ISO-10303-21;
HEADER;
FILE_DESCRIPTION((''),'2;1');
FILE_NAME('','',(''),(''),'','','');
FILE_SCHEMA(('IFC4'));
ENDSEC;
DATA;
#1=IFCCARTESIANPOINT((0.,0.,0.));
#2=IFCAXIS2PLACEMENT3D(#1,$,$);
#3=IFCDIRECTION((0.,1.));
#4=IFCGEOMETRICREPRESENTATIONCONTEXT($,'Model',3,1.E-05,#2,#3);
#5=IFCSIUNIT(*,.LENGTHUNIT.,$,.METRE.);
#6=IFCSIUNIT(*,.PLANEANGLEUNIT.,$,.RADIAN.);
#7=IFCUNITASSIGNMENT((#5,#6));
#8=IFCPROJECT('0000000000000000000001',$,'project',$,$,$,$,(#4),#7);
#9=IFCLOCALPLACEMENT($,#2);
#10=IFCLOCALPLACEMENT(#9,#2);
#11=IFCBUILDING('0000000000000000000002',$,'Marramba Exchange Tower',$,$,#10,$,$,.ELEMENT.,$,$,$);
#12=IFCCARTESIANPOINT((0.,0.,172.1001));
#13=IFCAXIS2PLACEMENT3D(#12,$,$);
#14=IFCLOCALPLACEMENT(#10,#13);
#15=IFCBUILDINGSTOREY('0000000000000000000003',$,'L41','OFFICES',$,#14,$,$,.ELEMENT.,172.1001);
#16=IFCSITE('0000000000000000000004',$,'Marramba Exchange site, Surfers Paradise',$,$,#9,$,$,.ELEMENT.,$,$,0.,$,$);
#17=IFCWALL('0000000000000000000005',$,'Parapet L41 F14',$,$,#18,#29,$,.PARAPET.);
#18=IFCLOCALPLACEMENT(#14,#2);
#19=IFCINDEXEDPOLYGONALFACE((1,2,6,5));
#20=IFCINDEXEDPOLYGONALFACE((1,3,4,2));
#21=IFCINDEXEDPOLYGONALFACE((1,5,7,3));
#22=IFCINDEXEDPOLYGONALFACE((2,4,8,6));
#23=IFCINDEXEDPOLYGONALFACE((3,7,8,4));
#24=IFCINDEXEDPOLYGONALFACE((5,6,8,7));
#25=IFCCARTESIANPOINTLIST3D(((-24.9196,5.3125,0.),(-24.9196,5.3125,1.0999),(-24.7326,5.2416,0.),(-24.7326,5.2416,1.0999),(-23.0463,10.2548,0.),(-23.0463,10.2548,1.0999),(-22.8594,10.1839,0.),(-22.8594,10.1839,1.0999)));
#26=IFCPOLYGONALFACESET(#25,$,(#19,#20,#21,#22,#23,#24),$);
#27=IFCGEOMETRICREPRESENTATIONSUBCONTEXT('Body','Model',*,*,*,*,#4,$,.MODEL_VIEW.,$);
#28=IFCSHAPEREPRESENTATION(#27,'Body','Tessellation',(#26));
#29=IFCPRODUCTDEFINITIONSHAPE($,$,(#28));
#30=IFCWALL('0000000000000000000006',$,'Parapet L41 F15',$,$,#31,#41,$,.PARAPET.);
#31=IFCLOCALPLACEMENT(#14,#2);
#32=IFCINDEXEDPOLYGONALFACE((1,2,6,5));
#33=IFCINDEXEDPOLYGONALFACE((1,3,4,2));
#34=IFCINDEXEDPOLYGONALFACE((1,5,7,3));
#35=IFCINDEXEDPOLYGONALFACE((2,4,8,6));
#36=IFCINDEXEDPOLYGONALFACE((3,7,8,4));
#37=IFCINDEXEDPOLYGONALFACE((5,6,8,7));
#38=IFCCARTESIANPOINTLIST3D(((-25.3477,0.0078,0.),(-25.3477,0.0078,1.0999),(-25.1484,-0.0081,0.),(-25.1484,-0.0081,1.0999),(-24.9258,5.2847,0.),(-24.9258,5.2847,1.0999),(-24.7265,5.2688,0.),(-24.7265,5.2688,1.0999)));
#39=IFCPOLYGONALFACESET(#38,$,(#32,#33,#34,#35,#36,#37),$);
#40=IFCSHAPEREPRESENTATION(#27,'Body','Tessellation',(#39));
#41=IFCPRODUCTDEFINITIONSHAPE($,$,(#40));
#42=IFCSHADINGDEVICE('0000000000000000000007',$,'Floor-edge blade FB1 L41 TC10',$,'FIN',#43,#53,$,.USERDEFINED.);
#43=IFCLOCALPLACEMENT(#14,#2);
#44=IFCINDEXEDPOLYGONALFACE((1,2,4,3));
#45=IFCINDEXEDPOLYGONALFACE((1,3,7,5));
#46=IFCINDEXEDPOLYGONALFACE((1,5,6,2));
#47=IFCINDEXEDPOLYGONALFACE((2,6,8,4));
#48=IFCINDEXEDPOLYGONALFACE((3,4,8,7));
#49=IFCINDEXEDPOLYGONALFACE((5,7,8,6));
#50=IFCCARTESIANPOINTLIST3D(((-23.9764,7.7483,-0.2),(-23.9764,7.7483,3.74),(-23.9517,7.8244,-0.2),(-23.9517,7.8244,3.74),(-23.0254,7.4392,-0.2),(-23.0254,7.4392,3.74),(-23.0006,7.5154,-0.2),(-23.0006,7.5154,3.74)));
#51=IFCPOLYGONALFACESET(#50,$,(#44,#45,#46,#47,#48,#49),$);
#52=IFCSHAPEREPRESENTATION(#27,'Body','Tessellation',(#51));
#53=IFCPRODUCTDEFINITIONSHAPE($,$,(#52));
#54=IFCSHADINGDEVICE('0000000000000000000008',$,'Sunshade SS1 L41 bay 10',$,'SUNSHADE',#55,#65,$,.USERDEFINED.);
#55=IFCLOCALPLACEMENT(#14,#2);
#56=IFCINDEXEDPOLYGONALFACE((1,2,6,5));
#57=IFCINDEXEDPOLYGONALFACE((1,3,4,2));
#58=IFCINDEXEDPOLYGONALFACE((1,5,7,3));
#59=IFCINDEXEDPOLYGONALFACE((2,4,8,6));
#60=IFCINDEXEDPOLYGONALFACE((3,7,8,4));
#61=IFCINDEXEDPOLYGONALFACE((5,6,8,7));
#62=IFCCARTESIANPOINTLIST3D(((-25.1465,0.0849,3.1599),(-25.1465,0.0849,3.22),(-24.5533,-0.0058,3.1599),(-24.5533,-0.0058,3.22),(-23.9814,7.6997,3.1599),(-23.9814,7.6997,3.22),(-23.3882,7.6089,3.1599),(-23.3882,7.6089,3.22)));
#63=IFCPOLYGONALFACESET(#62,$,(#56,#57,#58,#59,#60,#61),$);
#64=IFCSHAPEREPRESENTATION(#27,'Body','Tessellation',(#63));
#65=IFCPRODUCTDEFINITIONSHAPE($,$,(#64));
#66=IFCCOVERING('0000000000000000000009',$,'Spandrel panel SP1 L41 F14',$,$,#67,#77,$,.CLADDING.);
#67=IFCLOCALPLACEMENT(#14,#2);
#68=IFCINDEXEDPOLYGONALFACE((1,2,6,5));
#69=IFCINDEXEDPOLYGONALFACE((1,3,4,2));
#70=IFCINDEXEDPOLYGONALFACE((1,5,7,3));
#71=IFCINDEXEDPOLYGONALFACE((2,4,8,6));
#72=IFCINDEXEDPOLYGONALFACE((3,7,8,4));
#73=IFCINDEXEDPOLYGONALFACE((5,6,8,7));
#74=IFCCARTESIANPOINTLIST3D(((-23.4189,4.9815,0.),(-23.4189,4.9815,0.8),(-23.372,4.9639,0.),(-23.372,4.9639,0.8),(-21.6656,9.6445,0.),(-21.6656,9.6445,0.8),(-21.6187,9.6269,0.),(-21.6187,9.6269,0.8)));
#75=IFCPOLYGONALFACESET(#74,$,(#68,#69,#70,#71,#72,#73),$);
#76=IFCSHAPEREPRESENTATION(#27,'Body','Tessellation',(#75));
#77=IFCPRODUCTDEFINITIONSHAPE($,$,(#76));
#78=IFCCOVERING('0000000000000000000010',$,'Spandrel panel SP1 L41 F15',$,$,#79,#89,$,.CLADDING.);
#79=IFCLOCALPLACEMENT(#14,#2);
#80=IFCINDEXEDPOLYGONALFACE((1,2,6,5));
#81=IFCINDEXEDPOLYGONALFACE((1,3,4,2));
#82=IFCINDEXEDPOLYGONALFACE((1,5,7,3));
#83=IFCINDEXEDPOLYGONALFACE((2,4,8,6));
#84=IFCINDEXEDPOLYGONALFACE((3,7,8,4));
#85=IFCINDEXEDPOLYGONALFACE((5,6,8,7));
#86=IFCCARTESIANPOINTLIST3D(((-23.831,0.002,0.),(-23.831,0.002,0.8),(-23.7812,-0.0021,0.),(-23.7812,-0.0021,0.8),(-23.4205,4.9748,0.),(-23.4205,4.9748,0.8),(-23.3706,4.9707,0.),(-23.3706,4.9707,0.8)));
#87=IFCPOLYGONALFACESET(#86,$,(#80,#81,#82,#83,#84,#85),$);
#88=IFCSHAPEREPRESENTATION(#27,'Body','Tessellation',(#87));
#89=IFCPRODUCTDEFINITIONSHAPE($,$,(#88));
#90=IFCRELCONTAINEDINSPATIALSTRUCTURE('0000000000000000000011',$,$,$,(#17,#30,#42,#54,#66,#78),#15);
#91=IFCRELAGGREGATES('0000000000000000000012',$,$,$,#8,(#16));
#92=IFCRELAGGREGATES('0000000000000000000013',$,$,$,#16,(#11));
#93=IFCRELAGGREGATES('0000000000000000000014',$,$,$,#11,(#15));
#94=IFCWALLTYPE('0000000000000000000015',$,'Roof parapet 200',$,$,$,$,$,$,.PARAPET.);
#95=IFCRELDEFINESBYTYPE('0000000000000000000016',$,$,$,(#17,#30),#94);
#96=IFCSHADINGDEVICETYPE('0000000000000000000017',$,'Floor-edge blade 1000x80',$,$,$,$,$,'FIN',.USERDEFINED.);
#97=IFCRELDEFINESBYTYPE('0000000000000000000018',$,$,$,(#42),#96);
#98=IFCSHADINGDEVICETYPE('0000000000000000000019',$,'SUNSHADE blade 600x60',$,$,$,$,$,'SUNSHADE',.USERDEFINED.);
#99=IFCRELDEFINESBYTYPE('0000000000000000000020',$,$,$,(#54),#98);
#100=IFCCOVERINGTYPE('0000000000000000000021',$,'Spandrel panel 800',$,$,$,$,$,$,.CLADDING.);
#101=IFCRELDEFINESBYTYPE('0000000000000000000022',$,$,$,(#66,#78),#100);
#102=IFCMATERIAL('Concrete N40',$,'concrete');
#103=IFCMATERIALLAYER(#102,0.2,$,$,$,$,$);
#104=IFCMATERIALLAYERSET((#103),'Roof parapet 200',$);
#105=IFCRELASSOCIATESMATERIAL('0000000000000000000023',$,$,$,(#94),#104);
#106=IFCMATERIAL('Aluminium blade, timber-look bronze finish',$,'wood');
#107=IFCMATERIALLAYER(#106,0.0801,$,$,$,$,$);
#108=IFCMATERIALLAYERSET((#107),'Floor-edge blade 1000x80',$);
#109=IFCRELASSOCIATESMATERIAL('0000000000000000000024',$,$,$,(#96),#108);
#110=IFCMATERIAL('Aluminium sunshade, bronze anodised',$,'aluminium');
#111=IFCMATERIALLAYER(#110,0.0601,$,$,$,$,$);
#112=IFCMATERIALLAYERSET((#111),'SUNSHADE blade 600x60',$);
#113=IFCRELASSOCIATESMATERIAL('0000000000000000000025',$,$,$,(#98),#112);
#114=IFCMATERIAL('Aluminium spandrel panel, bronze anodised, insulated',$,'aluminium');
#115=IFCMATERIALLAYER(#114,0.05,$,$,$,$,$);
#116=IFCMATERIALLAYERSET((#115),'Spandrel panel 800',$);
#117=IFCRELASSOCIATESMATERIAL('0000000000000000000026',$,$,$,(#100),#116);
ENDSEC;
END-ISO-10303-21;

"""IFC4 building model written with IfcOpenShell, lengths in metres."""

from ifc_helpers import new_model, si_unit, direction, frame, frame_2d, origin, origin_2d, place, context, subcontext, project, spatial, rectangle, extrude, material, layer, layer_set, type_object, element, save


model = new_model("IFC4")

# Units and contexts
model_context = context("Model", 3, precision=1e-05, world=origin(), true_north=direction((0.0, 1.0)))
body_context = subcontext(model_context, "Body", "Model", "MODEL_VIEW")
ifc_project = project(units=[si_unit("LENGTHUNIT", "METRE"), si_unit("PLANEANGLEUNIT", "RADIAN")], contexts=[model_context])

# Site, building, storey
site_placement = place(None, origin())
site = spatial("IfcSite", under=ifc_project, at=site_placement, Name="Marramba Exchange site, Surfers Paradise", CompositionType="ELEMENT", RefElevation=0.0)
building_placement = place(site_placement, origin())
building = spatial("IfcBuilding", under=site, at=building_placement, Name="Marramba Exchange Tower", CompositionType="ELEMENT")
storey_placement = place(building_placement, frame((0.0, 0.0, 172.1001)))
storey = spatial("IfcBuildingStorey", under=building, at=storey_placement, Name="L41", Description="OFFICES", CompositionType="ELEMENT", Elevation=172.1001)

# Walls
ifc_material_1 = material(Name="Concrete N40", Category="concrete")
ifc_layer_1 = layer(ifc_material_1, 0.2)
ifc_layer_set_1 = layer_set([ifc_layer_1], Name="Roof parapet 200")
wall_type = type_object("IfcWallType", Name="Roof parapet 200", PredefinedType="PARAPET", material=ifc_layer_set_1)
wall_1_placement = place(storey_placement, frame((-22.9529, 10.2192, 0.0), z_axis=(0.0, 0.0, 1.0), x_axis=(-0.354422, -0.935086, 0.0)))
element("IfcWall", 1, at=wall_1_placement, inside=storey, type_object=wall_type, Name="Parapet L41 F14", PredefinedType="PARAPET", context=body_context, shape_type="SweptSolid", body=[
    extrude(rectangle(XDim=5.2854, YDim=0.2, at=frame_2d((2.6426, 0.0))), origin(), (0.0, 0.0, 1.0), 1.0999),
])
wall_2_placement = place(storey_placement, frame((-24.8262, 5.2769, 0.0), z_axis=(0.0, 0.0, 1.0), x_axis=(-0.079694, -0.996819, 0.0)))
element("IfcWall", 2, at=wall_2_placement, inside=storey, type_object=wall_type, Name="Parapet L41 F15", PredefinedType="PARAPET", context=body_context, shape_type="SweptSolid", body=[
    extrude(rectangle(XDim=5.2937, YDim=0.2, at=frame_2d((2.647, 0.0))), origin(), (0.0, 0.0, 1.0), 1.0999),
])

# Shading devices
ifc_material_2 = material(Name="Aluminium blade, timber-look bronze finish", Category="wood")
ifc_layer_2 = layer(ifc_material_2, 0.0801)
ifc_layer_set_2 = layer_set([ifc_layer_2], Name="Floor-edge blade 1000x80")
shading_device_type_1 = type_object("IfcShadingDeviceType", Name="Floor-edge blade 1000x80", ElementType="FIN", PredefinedType="USERDEFINED", material=ifc_layer_set_2)
shading_device_1_placement = place(storey_placement, frame((-23.4885, 7.6318, -0.2), z_axis=(0.0, 0.0, 1.0), x_axis=(-0.951057, 0.309017, 0.0)))
element("IfcShadingDevice", 3, at=shading_device_1_placement, inside=storey, type_object=shading_device_type_1, Name="Floor-edge blade FB1 L41 TC10", ObjectType="FIN", PredefinedType="USERDEFINED", context=body_context, shape_type="SweptSolid", body=[
    extrude(rectangle(XDim=1.0, YDim=0.0801, at=origin_2d()), origin(), (0.0, 0.0, 1.0), 3.9399),
])
ifc_material_3 = material(Name="Aluminium sunshade, bronze anodised", Category="aluminium")
ifc_layer_3 = layer(ifc_material_3, 0.0601)
ifc_layer_set_3 = layer_set([ifc_layer_3], Name="SUNSHADE blade 600x60")
shading_device_type_2 = type_object("IfcShadingDeviceType", Name="SUNSHADE blade 600x60", ElementType="SUNSHADE", PredefinedType="USERDEFINED", material=ifc_layer_set_3)
shading_device_2_placement = place(storey_placement, frame((-24.2673, 3.8469, 3.1599), z_axis=(0.0, 0.0, 1.0), x_axis=(-0.151241, -0.988497, 0.0)))
element("IfcShadingDevice", 4, at=shading_device_2_placement, inside=storey, type_object=shading_device_type_2, Name="Sunshade SS1 L41 bay 10", ObjectType="SUNSHADE", PredefinedType="USERDEFINED", context=body_context, shape_type="SweptSolid", body=[
    extrude(rectangle(XDim=7.7034, YDim=0.6001, at=origin_2d()), origin(), (0.0, 0.0, 1.0), 0.0601),
])

# Coverings
ifc_material_4 = material(Name="Aluminium spandrel panel, bronze anodised, insulated", Category="aluminium")
ifc_layer_4 = layer(ifc_material_4, 0.05)
ifc_layer_set_4 = layer_set([ifc_layer_4], Name="Spandrel panel 800")
covering_type = type_object("IfcCoveringType", Name="Spandrel panel 800", PredefinedType="CLADDING", material=ifc_layer_set_4)
covering_1_placement = place(storey_placement, frame((-22.5188, 7.3042, 0.0), z_axis=(0.0, 0.0, 1.0), x_axis=(-0.351952, -0.936018, 0.0)))
element("IfcCovering", 5, at=covering_1_placement, inside=storey, type_object=covering_type, Name="Spandrel panel SP1 L41 F14", PredefinedType="CLADDING", context=body_context, shape_type="SweptSolid", body=[
    extrude(rectangle(XDim=4.9817, YDim=0.05, at=origin_2d()), origin(), (0.0, 0.0, 1.0), 0.8),
])
covering_2_placement = place(storey_placement, frame((-23.6008, 2.4863, 0.0), z_axis=(0.0, 0.0, 1.0), x_axis=(-0.082281, -0.996609, 0.0)))
element("IfcCovering", 6, at=covering_2_placement, inside=storey, type_object=covering_type, Name="Spandrel panel SP1 L41 F15", PredefinedType="CLADDING", context=body_context, shape_type="SweptSolid", body=[
    extrude(rectangle(XDim=4.9897, YDim=0.05, at=origin_2d()), origin(), (0.0, 0.0, 1.0), 0.8),
])

save(model, "model.ifc")
